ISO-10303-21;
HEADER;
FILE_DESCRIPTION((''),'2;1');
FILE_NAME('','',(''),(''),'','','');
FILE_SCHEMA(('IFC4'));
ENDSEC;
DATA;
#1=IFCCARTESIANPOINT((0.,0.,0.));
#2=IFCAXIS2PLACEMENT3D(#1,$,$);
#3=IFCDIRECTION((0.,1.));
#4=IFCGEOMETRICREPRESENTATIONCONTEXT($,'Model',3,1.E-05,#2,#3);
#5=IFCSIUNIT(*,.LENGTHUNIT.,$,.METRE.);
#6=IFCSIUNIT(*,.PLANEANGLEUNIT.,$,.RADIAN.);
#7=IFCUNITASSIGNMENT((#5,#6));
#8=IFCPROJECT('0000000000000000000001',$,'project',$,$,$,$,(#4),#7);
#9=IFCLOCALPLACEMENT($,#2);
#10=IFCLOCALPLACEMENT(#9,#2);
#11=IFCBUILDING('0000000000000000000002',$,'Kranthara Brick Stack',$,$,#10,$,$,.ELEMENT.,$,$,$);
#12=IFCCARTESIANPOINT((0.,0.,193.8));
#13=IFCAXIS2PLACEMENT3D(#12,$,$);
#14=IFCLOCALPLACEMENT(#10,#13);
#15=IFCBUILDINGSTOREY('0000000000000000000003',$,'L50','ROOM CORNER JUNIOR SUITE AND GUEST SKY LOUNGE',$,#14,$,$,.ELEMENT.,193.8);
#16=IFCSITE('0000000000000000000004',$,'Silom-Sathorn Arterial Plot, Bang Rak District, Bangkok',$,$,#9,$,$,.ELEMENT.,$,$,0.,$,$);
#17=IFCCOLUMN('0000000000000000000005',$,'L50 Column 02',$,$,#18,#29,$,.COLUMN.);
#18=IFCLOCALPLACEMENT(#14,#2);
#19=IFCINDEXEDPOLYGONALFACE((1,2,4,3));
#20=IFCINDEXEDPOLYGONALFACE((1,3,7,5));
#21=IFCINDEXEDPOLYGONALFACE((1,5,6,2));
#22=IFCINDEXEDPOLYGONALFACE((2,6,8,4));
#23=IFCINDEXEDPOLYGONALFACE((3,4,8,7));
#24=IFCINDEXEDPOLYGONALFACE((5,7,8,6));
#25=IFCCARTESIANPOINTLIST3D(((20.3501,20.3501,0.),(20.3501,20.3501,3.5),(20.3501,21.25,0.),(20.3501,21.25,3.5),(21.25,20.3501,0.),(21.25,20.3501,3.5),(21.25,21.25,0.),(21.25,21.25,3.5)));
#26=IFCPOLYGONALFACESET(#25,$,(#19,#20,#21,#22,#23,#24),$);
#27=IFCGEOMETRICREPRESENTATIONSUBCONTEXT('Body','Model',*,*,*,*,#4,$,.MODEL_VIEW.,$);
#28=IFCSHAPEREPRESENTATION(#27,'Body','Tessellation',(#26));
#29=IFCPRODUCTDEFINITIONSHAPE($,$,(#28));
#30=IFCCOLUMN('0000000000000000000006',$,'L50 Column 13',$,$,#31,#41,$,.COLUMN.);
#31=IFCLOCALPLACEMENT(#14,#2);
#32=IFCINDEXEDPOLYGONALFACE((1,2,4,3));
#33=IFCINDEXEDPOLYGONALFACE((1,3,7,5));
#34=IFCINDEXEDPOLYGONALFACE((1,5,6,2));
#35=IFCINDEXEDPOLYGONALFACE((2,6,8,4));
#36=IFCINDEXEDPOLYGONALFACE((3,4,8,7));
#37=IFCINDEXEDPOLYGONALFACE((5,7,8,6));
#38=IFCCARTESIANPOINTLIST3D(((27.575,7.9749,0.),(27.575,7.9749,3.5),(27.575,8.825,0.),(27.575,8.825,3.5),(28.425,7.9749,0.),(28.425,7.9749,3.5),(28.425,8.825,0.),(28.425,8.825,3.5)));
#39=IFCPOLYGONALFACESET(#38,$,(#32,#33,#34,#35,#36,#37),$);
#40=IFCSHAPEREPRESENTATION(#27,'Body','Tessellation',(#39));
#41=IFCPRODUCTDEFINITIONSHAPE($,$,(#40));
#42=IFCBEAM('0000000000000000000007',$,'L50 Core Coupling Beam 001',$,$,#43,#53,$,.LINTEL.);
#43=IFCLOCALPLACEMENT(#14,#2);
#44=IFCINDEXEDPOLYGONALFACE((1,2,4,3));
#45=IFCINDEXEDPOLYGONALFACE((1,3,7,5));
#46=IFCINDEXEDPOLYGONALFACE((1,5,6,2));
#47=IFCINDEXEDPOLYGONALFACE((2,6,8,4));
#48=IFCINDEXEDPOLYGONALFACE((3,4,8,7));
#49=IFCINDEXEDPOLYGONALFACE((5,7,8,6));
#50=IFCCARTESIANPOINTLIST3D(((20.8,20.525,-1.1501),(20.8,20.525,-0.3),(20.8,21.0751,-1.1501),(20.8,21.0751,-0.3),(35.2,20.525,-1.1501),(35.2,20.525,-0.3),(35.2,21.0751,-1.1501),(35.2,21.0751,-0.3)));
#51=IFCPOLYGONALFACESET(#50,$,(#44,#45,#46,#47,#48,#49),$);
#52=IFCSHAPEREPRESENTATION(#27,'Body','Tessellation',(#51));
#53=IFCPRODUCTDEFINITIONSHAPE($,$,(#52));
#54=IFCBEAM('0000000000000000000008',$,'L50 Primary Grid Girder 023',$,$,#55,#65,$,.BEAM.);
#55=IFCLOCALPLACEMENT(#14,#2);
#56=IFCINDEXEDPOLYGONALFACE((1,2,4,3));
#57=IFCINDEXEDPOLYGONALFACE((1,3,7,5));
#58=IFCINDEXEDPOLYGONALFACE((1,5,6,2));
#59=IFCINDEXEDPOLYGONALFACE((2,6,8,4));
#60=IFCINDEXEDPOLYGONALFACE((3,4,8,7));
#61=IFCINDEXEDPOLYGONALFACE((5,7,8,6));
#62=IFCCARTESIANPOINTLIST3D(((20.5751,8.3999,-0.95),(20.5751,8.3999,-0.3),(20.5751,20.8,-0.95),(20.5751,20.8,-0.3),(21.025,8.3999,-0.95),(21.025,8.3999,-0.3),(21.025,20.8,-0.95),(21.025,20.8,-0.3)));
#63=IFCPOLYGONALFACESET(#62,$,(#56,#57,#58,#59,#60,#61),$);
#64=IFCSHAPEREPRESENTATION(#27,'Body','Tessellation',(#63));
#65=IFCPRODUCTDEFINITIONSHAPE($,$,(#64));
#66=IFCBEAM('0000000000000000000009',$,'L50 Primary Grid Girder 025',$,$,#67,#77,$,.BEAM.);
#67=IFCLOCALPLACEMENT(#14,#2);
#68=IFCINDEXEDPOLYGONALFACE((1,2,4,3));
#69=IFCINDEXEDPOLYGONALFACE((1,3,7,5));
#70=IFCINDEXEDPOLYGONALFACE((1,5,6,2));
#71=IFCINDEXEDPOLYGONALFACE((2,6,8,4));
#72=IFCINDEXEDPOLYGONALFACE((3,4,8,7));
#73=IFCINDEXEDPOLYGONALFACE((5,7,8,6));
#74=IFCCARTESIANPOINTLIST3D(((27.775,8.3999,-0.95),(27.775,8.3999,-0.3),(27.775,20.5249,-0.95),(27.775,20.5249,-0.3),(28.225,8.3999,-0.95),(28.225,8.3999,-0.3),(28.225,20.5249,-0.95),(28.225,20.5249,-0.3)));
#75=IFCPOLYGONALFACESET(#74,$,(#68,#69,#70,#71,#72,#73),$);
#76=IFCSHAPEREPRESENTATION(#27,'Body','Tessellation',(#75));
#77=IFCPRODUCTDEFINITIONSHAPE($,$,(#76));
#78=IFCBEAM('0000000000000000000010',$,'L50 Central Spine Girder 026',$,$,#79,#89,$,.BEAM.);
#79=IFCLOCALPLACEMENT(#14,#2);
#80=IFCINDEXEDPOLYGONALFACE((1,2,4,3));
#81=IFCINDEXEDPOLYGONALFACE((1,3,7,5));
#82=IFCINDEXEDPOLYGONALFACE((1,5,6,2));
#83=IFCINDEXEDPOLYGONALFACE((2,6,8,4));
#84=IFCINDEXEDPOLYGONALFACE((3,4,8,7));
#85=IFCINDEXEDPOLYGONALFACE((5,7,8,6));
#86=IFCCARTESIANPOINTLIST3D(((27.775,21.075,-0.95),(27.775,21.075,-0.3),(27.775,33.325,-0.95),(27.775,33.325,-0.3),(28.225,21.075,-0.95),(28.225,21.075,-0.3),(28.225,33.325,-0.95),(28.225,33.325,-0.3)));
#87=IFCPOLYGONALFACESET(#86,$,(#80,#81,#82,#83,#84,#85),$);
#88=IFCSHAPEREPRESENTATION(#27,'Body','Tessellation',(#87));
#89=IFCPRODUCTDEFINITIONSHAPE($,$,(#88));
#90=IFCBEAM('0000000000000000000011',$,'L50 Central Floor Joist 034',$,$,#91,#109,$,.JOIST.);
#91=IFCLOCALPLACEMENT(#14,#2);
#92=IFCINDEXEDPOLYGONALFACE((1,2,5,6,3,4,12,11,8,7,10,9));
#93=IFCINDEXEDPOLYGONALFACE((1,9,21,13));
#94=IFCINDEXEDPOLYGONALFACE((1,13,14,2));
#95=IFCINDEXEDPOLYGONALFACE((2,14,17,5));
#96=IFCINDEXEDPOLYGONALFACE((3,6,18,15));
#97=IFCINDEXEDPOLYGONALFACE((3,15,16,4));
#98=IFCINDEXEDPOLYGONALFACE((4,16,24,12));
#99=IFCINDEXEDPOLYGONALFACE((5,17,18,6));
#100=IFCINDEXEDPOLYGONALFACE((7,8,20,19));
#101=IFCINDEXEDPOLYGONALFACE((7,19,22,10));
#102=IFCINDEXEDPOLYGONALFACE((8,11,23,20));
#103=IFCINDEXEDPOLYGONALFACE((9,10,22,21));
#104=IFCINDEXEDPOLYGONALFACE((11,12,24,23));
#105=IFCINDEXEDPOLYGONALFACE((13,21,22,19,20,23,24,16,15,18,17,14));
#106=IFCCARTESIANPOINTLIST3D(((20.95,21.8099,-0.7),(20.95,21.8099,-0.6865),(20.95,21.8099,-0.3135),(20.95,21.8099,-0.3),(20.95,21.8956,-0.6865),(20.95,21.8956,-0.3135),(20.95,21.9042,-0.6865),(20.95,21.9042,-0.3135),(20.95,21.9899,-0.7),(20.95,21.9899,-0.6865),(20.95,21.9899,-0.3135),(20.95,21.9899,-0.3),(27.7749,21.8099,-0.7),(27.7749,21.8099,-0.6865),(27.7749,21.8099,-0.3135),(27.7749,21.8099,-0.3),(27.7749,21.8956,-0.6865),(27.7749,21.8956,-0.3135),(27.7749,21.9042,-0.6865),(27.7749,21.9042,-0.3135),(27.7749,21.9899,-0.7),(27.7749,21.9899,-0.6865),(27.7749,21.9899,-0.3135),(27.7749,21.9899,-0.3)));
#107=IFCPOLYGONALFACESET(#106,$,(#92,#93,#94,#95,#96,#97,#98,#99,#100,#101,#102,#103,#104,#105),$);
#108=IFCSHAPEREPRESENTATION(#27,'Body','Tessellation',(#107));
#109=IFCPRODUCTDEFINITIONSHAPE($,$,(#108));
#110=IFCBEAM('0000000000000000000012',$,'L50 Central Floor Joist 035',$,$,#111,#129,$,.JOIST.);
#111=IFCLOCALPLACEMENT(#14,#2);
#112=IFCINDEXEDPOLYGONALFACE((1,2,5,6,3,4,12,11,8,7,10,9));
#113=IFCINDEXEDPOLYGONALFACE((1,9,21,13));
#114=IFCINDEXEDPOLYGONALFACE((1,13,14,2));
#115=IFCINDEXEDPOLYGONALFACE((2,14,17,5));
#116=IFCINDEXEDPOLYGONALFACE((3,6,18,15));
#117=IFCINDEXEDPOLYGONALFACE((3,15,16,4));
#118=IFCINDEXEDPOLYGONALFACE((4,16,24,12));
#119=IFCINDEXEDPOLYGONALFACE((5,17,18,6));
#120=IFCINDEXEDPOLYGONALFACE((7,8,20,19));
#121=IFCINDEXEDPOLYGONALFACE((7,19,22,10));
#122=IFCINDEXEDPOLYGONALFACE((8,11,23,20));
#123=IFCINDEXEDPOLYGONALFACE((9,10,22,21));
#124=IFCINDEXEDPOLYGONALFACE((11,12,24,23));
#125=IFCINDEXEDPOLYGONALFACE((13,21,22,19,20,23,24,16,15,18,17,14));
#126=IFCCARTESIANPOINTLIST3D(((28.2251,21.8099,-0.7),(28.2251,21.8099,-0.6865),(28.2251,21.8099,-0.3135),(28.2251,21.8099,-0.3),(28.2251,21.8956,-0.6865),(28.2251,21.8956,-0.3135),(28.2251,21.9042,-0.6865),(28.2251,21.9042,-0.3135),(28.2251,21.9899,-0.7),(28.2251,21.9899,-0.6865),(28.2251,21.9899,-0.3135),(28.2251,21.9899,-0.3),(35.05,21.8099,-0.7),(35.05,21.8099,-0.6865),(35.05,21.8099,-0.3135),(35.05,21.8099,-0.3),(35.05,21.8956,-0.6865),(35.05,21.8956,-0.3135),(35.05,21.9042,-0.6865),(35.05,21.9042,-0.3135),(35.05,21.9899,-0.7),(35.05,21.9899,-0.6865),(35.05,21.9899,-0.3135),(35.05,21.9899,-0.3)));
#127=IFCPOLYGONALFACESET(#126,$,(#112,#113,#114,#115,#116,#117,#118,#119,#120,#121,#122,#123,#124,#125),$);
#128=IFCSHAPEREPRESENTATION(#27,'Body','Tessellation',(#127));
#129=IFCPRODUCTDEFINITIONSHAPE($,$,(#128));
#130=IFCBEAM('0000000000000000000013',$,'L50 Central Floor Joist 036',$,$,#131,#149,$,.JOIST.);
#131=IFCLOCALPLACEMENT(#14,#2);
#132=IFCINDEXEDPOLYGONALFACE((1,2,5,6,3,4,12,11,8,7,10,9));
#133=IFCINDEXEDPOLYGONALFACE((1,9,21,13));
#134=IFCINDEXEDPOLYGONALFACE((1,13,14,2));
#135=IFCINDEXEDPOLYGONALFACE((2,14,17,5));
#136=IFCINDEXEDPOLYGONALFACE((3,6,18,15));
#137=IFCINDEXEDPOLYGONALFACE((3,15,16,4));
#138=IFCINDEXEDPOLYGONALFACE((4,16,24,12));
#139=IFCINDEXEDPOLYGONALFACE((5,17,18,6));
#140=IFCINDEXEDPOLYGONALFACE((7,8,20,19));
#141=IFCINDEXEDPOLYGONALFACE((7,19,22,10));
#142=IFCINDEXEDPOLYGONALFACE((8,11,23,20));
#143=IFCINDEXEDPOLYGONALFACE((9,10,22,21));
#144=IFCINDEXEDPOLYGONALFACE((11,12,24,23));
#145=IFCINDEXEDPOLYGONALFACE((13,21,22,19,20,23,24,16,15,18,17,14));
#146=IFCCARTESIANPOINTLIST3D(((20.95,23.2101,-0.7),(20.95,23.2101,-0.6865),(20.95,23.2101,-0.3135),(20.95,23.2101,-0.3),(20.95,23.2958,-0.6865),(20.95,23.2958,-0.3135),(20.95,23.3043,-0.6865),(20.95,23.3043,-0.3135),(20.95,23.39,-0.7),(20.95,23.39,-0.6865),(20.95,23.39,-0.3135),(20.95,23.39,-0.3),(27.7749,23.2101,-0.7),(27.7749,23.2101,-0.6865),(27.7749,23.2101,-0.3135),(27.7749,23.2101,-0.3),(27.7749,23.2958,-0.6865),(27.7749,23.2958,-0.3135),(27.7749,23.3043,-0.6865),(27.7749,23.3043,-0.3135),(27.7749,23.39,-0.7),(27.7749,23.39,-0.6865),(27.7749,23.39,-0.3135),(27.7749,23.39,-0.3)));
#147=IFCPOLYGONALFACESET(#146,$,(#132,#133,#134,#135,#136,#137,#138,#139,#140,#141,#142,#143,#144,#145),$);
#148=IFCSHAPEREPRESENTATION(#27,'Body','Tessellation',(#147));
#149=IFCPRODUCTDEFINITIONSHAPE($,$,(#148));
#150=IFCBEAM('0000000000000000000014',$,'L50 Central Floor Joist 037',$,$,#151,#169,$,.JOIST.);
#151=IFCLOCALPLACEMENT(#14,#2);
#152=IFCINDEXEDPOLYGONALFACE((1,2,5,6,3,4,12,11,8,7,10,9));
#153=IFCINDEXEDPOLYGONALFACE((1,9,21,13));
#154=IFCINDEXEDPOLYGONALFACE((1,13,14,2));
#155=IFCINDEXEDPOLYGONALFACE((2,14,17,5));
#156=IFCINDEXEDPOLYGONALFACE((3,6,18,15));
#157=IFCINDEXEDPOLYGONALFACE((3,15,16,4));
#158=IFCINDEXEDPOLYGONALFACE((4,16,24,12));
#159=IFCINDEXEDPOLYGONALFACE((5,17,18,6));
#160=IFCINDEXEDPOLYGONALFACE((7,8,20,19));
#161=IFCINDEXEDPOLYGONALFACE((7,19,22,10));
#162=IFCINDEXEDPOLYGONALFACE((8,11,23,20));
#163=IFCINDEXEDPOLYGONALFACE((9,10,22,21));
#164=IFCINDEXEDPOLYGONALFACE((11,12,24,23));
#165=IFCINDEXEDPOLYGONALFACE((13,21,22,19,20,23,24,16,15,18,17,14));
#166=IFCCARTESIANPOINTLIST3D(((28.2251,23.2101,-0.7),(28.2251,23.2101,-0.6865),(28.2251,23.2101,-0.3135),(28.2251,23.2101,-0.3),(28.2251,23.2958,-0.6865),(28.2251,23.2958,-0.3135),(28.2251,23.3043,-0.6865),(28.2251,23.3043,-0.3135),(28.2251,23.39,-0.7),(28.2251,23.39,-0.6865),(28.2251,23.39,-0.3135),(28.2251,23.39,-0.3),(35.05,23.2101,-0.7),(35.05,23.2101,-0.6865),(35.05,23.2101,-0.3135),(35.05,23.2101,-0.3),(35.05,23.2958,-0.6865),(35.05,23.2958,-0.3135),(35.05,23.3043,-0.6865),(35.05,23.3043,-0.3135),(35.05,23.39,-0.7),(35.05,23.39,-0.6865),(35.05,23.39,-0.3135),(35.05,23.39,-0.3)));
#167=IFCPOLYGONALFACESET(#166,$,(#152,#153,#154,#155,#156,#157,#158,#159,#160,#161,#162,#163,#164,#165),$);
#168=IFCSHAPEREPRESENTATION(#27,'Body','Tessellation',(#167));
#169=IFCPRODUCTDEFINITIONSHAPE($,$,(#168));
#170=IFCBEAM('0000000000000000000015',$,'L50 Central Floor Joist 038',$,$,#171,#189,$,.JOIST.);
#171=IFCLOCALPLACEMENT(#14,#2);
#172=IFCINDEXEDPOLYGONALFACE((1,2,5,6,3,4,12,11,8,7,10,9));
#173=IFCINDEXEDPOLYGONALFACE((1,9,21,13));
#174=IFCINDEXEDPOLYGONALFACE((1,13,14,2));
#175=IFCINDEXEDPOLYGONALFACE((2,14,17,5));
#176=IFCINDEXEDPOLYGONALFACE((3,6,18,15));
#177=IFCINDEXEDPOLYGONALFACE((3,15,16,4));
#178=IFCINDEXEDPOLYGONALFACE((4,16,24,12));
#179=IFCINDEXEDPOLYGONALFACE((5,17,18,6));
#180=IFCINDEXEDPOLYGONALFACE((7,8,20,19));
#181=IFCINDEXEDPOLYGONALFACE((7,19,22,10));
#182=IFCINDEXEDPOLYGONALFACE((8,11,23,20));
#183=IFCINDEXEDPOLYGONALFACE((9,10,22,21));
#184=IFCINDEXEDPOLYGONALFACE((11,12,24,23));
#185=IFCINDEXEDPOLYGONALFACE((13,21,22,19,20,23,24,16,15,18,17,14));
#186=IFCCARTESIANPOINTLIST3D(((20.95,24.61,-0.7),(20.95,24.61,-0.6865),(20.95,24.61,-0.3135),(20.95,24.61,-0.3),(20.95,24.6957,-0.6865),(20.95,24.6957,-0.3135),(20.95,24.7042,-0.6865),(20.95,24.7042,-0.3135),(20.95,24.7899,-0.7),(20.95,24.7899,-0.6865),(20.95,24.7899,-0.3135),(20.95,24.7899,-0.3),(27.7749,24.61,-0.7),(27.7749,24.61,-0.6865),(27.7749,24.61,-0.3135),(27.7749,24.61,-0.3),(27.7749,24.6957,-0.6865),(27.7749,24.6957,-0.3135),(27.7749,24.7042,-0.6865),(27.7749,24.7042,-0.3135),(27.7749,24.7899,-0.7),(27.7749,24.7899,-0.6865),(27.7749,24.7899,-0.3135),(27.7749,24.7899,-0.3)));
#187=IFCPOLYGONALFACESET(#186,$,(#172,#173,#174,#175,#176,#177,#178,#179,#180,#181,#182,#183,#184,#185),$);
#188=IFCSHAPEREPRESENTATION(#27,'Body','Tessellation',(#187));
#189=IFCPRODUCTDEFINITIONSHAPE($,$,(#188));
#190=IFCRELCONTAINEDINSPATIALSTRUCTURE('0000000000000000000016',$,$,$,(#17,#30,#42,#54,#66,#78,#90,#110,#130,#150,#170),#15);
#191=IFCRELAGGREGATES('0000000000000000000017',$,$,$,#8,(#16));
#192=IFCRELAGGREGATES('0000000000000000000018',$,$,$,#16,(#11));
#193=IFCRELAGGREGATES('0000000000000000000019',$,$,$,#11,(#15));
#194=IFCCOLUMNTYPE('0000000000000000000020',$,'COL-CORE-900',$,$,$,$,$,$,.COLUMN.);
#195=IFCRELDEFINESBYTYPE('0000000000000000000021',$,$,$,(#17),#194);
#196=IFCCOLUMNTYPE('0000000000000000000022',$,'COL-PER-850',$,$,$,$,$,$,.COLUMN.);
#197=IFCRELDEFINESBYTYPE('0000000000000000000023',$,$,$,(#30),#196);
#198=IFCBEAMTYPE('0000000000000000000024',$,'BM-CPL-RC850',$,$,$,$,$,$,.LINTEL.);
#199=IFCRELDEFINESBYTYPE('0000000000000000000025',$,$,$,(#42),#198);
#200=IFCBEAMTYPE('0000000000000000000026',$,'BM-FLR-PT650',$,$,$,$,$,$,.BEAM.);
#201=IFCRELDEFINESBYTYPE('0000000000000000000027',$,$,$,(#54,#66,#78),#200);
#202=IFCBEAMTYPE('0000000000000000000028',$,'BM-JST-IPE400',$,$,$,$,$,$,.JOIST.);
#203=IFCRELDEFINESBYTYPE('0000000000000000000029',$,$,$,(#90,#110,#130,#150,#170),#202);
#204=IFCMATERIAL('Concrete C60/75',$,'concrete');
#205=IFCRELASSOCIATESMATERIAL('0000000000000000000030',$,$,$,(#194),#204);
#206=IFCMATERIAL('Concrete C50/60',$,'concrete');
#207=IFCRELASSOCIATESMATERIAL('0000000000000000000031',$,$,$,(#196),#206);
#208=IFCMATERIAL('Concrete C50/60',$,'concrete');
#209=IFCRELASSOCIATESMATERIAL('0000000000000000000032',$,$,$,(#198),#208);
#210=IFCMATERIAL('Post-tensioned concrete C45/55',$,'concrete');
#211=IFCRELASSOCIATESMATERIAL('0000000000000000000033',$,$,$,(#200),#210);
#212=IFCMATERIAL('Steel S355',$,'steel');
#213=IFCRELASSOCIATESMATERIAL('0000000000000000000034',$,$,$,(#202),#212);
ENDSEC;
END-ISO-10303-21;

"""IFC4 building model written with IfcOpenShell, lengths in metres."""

from ifc_helpers import new_model, si_unit, direction, frame, origin, origin_2d, place, context, subcontext, project, spatial, rectangle, i_section, extrude, material, material_profile, profile_set, type_object, element, save


model = new_model("IFC4")

# Units and contexts
model_context = context("Model", 3, precision=1e-05, world=origin(), true_north=direction((0.0, 1.0)))
body_context = subcontext(model_context, "Body", "Model", "MODEL_VIEW")
ifc_project = project(units=[si_unit("LENGTHUNIT", "METRE"), si_unit("PLANEANGLEUNIT", "RADIAN")], contexts=[model_context])

# Site, building, storey
site_placement = place(None, origin())
site = spatial("IfcSite", under=ifc_project, at=site_placement, Name="Silom-Sathorn Arterial Plot, Bang Rak District, Bangkok", CompositionType="ELEMENT", RefElevation=0.0)
building_placement = place(site_placement, origin())
building = spatial("IfcBuilding", under=site, at=building_placement, Name="Kranthara Brick Stack", CompositionType="ELEMENT")
storey_placement = place(building_placement, frame((0.0, 0.0, 193.8)))
storey = spatial("IfcBuildingStorey", under=building, at=storey_placement, Name="L50", Description="ROOM CORNER JUNIOR SUITE AND GUEST SKY LOUNGE", CompositionType="ELEMENT", Elevation=193.8)

# Columns
ifc_material_1 = material(Name="Concrete C60/75", Category="concrete")
ifc_material_profile_1 = material_profile(ifc_material_1, rectangle(XDim=0.8999, YDim=0.8999, at=origin_2d()), Name="RC 900x900")
ifc_profile_set_1 = profile_set([ifc_material_profile_1], Name="Concrete C60/75")
column_type_1 = type_object("IfcColumnType", Name="COL-CORE-900", PredefinedType="COLUMN", material=ifc_profile_set_1)
column_1_placement = place(storey_placement, frame((20.8, 20.8, 0.0), z_axis=(0.0, 0.0, 1.0), x_axis=(1.0, 0.0, 0.0)))
element("IfcColumn", 1, at=column_1_placement, inside=storey, type_object=column_type_1, Name="L50 Column 02", PredefinedType="COLUMN", context=body_context, shape_type="SweptSolid", body=[
    extrude(rectangle(XDim=0.8999, YDim=0.8999, at=origin_2d()), origin(), (0.0, 0.0, 1.0), 3.5),
])
ifc_material_2 = material(Name="Concrete C50/60", Category="concrete")
ifc_material_profile_2 = material_profile(ifc_material_2, rectangle(XDim=0.8501, YDim=0.8501, at=origin_2d()), Name="RC 850x850")
ifc_profile_set_2 = profile_set([ifc_material_profile_2], Name="Concrete C50/60")
column_type_2 = type_object("IfcColumnType", Name="COL-PER-850", PredefinedType="COLUMN", material=ifc_profile_set_2)
column_2_placement = place(storey_placement, frame((28.0, 8.3999, 0.0), z_axis=(0.0, 0.0, 1.0), x_axis=(1.0, 0.0, 0.0)))
element("IfcColumn", 2, at=column_2_placement, inside=storey, type_object=column_type_2, Name="L50 Column 13", PredefinedType="COLUMN", context=body_context, shape_type="SweptSolid", body=[
    extrude(rectangle(XDim=0.8501, YDim=0.8501, at=origin_2d()), origin(), (0.0, 0.0, 1.0), 3.5),
])

# Beams
ifc_material_3 = material(Name="Concrete C50/60", Category="concrete")
ifc_material_profile_3 = material_profile(ifc_material_3, rectangle(XDim=0.55, YDim=0.8501, at=origin_2d()), Name="RC 550x850")
ifc_profile_set_3 = profile_set([ifc_material_profile_3], Name="Concrete C50/60")
beam_type_1 = type_object("IfcBeamType", Name="BM-CPL-RC850", PredefinedType="LINTEL", material=ifc_profile_set_3)
beam_1_placement = place(storey_placement, frame((20.8, 20.8, -0.7251), z_axis=(1.0, 0.0, 0.0), x_axis=(0.0, 1.0, 0.0)))
element("IfcBeam", 3, at=beam_1_placement, inside=storey, type_object=beam_type_1, Name="L50 Core Coupling Beam 001", PredefinedType="LINTEL", context=body_context, shape_type="SweptSolid", body=[
    extrude(rectangle(XDim=0.55, YDim=0.8501, at=origin_2d()), origin(), (0.0, 0.0, 1.0), 14.3999),
])
ifc_material_4 = material(Name="Post-tensioned concrete C45/55", Category="concrete")
ifc_material_profile_4 = material_profile(ifc_material_4, rectangle(XDim=0.45, YDim=0.6499, at=origin_2d()), Name="PT 450x650")
ifc_profile_set_4 = profile_set([ifc_material_profile_4], Name="Post-tensioned concrete C45/55")
beam_type_2 = type_object("IfcBeamType", Name="BM-FLR-PT650", PredefinedType="BEAM", material=ifc_profile_set_4)
beam_2_placement = place(storey_placement, frame((20.8, 8.3999, -0.625), z_axis=(0.0, 1.0, 0.0), x_axis=(-1.0, 0.0, 0.0)))
element("IfcBeam", 4, at=beam_2_placement, inside=storey, type_object=beam_type_2, Name="L50 Primary Grid Girder 023", PredefinedType="BEAM", context=body_context, shape_type="SweptSolid", body=[
    extrude(rectangle(XDim=0.45, YDim=0.6499, at=origin_2d()), origin(), (0.0, 0.0, 1.0), 12.4001),
])
beam_3_placement = place(storey_placement, frame((28.0, 8.3999, -0.625), z_axis=(0.0, 1.0, 0.0), x_axis=(-1.0, 0.0, 0.0)))
element("IfcBeam", 5, at=beam_3_placement, inside=storey, type_object=beam_type_2, Name="L50 Primary Grid Girder 025", PredefinedType="BEAM", context=body_context, shape_type="SweptSolid", body=[
    extrude(rectangle(XDim=0.45, YDim=0.6499, at=origin_2d()), origin(), (0.0, 0.0, 1.0), 12.125),
])
beam_4_placement = place(storey_placement, frame((28.0, 21.075, -0.625), z_axis=(0.0, 1.0, 0.0), x_axis=(-1.0, 0.0, 0.0)))
element("IfcBeam", 6, at=beam_4_placement, inside=storey, type_object=beam_type_2, Name="L50 Central Spine Girder 026", PredefinedType="BEAM", context=body_context, shape_type="SweptSolid", body=[
    extrude(rectangle(XDim=0.45, YDim=0.6499, at=origin_2d()), origin(), (0.0, 0.0, 1.0), 12.25),
])
ifc_material_5 = material(Name="Steel S355", Category="steel")
ifc_material_profile_5 = material_profile(ifc_material_5, i_section(OverallWidth=0.1799, OverallDepth=0.3999, WebThickness=0.0085, FlangeThickness=0.0134, at=origin_2d()), Name="IPE 400")
ifc_profile_set_5 = profile_set([ifc_material_profile_5], Name="Steel S355")
beam_type_3 = type_object("IfcBeamType", Name="BM-JST-IPE400", PredefinedType="JOIST", material=ifc_profile_set_5)
for number, where, z_axis, x_axis, name in (
    (7, (20.95, 21.8999, -0.5), (1.0, 0.0, 0.0), (0.0, 1.0, 0.0), "L50 Central Floor Joist 034"),
    (8, (28.2251, 21.8999, -0.5), (1.0, 0.0, 0.0), (0.0, 1.0, 0.0), "L50 Central Floor Joist 035"),
    (9, (20.95, 23.3, -0.5), (1.0, 0.0, 0.0), (0.0, 1.0, 0.0), "L50 Central Floor Joist 036"),
    (10, (28.2251, 23.3, -0.5), (1.0, 0.0, 0.0), (0.0, 1.0, 0.0), "L50 Central Floor Joist 037"),
    (11, (20.95, 24.7, -0.5), (1.0, 0.0, 0.0), (0.0, 1.0, 0.0), "L50 Central Floor Joist 038"),
):
    element("IfcBeam", number, at=place(storey_placement, frame(where, z_axis=z_axis, x_axis=x_axis)), inside=storey, type_object=beam_type_3, Name=name, PredefinedType="JOIST", context=body_context, shape_type="SweptSolid", body=[
        extrude(i_section(OverallWidth=0.1799, OverallDepth=0.3999, WebThickness=0.0085, FlangeThickness=0.0134, at=origin_2d()), origin(), (0.0, 0.0, 1.0), 6.825),
    ])

save(model, "model.ifc")
